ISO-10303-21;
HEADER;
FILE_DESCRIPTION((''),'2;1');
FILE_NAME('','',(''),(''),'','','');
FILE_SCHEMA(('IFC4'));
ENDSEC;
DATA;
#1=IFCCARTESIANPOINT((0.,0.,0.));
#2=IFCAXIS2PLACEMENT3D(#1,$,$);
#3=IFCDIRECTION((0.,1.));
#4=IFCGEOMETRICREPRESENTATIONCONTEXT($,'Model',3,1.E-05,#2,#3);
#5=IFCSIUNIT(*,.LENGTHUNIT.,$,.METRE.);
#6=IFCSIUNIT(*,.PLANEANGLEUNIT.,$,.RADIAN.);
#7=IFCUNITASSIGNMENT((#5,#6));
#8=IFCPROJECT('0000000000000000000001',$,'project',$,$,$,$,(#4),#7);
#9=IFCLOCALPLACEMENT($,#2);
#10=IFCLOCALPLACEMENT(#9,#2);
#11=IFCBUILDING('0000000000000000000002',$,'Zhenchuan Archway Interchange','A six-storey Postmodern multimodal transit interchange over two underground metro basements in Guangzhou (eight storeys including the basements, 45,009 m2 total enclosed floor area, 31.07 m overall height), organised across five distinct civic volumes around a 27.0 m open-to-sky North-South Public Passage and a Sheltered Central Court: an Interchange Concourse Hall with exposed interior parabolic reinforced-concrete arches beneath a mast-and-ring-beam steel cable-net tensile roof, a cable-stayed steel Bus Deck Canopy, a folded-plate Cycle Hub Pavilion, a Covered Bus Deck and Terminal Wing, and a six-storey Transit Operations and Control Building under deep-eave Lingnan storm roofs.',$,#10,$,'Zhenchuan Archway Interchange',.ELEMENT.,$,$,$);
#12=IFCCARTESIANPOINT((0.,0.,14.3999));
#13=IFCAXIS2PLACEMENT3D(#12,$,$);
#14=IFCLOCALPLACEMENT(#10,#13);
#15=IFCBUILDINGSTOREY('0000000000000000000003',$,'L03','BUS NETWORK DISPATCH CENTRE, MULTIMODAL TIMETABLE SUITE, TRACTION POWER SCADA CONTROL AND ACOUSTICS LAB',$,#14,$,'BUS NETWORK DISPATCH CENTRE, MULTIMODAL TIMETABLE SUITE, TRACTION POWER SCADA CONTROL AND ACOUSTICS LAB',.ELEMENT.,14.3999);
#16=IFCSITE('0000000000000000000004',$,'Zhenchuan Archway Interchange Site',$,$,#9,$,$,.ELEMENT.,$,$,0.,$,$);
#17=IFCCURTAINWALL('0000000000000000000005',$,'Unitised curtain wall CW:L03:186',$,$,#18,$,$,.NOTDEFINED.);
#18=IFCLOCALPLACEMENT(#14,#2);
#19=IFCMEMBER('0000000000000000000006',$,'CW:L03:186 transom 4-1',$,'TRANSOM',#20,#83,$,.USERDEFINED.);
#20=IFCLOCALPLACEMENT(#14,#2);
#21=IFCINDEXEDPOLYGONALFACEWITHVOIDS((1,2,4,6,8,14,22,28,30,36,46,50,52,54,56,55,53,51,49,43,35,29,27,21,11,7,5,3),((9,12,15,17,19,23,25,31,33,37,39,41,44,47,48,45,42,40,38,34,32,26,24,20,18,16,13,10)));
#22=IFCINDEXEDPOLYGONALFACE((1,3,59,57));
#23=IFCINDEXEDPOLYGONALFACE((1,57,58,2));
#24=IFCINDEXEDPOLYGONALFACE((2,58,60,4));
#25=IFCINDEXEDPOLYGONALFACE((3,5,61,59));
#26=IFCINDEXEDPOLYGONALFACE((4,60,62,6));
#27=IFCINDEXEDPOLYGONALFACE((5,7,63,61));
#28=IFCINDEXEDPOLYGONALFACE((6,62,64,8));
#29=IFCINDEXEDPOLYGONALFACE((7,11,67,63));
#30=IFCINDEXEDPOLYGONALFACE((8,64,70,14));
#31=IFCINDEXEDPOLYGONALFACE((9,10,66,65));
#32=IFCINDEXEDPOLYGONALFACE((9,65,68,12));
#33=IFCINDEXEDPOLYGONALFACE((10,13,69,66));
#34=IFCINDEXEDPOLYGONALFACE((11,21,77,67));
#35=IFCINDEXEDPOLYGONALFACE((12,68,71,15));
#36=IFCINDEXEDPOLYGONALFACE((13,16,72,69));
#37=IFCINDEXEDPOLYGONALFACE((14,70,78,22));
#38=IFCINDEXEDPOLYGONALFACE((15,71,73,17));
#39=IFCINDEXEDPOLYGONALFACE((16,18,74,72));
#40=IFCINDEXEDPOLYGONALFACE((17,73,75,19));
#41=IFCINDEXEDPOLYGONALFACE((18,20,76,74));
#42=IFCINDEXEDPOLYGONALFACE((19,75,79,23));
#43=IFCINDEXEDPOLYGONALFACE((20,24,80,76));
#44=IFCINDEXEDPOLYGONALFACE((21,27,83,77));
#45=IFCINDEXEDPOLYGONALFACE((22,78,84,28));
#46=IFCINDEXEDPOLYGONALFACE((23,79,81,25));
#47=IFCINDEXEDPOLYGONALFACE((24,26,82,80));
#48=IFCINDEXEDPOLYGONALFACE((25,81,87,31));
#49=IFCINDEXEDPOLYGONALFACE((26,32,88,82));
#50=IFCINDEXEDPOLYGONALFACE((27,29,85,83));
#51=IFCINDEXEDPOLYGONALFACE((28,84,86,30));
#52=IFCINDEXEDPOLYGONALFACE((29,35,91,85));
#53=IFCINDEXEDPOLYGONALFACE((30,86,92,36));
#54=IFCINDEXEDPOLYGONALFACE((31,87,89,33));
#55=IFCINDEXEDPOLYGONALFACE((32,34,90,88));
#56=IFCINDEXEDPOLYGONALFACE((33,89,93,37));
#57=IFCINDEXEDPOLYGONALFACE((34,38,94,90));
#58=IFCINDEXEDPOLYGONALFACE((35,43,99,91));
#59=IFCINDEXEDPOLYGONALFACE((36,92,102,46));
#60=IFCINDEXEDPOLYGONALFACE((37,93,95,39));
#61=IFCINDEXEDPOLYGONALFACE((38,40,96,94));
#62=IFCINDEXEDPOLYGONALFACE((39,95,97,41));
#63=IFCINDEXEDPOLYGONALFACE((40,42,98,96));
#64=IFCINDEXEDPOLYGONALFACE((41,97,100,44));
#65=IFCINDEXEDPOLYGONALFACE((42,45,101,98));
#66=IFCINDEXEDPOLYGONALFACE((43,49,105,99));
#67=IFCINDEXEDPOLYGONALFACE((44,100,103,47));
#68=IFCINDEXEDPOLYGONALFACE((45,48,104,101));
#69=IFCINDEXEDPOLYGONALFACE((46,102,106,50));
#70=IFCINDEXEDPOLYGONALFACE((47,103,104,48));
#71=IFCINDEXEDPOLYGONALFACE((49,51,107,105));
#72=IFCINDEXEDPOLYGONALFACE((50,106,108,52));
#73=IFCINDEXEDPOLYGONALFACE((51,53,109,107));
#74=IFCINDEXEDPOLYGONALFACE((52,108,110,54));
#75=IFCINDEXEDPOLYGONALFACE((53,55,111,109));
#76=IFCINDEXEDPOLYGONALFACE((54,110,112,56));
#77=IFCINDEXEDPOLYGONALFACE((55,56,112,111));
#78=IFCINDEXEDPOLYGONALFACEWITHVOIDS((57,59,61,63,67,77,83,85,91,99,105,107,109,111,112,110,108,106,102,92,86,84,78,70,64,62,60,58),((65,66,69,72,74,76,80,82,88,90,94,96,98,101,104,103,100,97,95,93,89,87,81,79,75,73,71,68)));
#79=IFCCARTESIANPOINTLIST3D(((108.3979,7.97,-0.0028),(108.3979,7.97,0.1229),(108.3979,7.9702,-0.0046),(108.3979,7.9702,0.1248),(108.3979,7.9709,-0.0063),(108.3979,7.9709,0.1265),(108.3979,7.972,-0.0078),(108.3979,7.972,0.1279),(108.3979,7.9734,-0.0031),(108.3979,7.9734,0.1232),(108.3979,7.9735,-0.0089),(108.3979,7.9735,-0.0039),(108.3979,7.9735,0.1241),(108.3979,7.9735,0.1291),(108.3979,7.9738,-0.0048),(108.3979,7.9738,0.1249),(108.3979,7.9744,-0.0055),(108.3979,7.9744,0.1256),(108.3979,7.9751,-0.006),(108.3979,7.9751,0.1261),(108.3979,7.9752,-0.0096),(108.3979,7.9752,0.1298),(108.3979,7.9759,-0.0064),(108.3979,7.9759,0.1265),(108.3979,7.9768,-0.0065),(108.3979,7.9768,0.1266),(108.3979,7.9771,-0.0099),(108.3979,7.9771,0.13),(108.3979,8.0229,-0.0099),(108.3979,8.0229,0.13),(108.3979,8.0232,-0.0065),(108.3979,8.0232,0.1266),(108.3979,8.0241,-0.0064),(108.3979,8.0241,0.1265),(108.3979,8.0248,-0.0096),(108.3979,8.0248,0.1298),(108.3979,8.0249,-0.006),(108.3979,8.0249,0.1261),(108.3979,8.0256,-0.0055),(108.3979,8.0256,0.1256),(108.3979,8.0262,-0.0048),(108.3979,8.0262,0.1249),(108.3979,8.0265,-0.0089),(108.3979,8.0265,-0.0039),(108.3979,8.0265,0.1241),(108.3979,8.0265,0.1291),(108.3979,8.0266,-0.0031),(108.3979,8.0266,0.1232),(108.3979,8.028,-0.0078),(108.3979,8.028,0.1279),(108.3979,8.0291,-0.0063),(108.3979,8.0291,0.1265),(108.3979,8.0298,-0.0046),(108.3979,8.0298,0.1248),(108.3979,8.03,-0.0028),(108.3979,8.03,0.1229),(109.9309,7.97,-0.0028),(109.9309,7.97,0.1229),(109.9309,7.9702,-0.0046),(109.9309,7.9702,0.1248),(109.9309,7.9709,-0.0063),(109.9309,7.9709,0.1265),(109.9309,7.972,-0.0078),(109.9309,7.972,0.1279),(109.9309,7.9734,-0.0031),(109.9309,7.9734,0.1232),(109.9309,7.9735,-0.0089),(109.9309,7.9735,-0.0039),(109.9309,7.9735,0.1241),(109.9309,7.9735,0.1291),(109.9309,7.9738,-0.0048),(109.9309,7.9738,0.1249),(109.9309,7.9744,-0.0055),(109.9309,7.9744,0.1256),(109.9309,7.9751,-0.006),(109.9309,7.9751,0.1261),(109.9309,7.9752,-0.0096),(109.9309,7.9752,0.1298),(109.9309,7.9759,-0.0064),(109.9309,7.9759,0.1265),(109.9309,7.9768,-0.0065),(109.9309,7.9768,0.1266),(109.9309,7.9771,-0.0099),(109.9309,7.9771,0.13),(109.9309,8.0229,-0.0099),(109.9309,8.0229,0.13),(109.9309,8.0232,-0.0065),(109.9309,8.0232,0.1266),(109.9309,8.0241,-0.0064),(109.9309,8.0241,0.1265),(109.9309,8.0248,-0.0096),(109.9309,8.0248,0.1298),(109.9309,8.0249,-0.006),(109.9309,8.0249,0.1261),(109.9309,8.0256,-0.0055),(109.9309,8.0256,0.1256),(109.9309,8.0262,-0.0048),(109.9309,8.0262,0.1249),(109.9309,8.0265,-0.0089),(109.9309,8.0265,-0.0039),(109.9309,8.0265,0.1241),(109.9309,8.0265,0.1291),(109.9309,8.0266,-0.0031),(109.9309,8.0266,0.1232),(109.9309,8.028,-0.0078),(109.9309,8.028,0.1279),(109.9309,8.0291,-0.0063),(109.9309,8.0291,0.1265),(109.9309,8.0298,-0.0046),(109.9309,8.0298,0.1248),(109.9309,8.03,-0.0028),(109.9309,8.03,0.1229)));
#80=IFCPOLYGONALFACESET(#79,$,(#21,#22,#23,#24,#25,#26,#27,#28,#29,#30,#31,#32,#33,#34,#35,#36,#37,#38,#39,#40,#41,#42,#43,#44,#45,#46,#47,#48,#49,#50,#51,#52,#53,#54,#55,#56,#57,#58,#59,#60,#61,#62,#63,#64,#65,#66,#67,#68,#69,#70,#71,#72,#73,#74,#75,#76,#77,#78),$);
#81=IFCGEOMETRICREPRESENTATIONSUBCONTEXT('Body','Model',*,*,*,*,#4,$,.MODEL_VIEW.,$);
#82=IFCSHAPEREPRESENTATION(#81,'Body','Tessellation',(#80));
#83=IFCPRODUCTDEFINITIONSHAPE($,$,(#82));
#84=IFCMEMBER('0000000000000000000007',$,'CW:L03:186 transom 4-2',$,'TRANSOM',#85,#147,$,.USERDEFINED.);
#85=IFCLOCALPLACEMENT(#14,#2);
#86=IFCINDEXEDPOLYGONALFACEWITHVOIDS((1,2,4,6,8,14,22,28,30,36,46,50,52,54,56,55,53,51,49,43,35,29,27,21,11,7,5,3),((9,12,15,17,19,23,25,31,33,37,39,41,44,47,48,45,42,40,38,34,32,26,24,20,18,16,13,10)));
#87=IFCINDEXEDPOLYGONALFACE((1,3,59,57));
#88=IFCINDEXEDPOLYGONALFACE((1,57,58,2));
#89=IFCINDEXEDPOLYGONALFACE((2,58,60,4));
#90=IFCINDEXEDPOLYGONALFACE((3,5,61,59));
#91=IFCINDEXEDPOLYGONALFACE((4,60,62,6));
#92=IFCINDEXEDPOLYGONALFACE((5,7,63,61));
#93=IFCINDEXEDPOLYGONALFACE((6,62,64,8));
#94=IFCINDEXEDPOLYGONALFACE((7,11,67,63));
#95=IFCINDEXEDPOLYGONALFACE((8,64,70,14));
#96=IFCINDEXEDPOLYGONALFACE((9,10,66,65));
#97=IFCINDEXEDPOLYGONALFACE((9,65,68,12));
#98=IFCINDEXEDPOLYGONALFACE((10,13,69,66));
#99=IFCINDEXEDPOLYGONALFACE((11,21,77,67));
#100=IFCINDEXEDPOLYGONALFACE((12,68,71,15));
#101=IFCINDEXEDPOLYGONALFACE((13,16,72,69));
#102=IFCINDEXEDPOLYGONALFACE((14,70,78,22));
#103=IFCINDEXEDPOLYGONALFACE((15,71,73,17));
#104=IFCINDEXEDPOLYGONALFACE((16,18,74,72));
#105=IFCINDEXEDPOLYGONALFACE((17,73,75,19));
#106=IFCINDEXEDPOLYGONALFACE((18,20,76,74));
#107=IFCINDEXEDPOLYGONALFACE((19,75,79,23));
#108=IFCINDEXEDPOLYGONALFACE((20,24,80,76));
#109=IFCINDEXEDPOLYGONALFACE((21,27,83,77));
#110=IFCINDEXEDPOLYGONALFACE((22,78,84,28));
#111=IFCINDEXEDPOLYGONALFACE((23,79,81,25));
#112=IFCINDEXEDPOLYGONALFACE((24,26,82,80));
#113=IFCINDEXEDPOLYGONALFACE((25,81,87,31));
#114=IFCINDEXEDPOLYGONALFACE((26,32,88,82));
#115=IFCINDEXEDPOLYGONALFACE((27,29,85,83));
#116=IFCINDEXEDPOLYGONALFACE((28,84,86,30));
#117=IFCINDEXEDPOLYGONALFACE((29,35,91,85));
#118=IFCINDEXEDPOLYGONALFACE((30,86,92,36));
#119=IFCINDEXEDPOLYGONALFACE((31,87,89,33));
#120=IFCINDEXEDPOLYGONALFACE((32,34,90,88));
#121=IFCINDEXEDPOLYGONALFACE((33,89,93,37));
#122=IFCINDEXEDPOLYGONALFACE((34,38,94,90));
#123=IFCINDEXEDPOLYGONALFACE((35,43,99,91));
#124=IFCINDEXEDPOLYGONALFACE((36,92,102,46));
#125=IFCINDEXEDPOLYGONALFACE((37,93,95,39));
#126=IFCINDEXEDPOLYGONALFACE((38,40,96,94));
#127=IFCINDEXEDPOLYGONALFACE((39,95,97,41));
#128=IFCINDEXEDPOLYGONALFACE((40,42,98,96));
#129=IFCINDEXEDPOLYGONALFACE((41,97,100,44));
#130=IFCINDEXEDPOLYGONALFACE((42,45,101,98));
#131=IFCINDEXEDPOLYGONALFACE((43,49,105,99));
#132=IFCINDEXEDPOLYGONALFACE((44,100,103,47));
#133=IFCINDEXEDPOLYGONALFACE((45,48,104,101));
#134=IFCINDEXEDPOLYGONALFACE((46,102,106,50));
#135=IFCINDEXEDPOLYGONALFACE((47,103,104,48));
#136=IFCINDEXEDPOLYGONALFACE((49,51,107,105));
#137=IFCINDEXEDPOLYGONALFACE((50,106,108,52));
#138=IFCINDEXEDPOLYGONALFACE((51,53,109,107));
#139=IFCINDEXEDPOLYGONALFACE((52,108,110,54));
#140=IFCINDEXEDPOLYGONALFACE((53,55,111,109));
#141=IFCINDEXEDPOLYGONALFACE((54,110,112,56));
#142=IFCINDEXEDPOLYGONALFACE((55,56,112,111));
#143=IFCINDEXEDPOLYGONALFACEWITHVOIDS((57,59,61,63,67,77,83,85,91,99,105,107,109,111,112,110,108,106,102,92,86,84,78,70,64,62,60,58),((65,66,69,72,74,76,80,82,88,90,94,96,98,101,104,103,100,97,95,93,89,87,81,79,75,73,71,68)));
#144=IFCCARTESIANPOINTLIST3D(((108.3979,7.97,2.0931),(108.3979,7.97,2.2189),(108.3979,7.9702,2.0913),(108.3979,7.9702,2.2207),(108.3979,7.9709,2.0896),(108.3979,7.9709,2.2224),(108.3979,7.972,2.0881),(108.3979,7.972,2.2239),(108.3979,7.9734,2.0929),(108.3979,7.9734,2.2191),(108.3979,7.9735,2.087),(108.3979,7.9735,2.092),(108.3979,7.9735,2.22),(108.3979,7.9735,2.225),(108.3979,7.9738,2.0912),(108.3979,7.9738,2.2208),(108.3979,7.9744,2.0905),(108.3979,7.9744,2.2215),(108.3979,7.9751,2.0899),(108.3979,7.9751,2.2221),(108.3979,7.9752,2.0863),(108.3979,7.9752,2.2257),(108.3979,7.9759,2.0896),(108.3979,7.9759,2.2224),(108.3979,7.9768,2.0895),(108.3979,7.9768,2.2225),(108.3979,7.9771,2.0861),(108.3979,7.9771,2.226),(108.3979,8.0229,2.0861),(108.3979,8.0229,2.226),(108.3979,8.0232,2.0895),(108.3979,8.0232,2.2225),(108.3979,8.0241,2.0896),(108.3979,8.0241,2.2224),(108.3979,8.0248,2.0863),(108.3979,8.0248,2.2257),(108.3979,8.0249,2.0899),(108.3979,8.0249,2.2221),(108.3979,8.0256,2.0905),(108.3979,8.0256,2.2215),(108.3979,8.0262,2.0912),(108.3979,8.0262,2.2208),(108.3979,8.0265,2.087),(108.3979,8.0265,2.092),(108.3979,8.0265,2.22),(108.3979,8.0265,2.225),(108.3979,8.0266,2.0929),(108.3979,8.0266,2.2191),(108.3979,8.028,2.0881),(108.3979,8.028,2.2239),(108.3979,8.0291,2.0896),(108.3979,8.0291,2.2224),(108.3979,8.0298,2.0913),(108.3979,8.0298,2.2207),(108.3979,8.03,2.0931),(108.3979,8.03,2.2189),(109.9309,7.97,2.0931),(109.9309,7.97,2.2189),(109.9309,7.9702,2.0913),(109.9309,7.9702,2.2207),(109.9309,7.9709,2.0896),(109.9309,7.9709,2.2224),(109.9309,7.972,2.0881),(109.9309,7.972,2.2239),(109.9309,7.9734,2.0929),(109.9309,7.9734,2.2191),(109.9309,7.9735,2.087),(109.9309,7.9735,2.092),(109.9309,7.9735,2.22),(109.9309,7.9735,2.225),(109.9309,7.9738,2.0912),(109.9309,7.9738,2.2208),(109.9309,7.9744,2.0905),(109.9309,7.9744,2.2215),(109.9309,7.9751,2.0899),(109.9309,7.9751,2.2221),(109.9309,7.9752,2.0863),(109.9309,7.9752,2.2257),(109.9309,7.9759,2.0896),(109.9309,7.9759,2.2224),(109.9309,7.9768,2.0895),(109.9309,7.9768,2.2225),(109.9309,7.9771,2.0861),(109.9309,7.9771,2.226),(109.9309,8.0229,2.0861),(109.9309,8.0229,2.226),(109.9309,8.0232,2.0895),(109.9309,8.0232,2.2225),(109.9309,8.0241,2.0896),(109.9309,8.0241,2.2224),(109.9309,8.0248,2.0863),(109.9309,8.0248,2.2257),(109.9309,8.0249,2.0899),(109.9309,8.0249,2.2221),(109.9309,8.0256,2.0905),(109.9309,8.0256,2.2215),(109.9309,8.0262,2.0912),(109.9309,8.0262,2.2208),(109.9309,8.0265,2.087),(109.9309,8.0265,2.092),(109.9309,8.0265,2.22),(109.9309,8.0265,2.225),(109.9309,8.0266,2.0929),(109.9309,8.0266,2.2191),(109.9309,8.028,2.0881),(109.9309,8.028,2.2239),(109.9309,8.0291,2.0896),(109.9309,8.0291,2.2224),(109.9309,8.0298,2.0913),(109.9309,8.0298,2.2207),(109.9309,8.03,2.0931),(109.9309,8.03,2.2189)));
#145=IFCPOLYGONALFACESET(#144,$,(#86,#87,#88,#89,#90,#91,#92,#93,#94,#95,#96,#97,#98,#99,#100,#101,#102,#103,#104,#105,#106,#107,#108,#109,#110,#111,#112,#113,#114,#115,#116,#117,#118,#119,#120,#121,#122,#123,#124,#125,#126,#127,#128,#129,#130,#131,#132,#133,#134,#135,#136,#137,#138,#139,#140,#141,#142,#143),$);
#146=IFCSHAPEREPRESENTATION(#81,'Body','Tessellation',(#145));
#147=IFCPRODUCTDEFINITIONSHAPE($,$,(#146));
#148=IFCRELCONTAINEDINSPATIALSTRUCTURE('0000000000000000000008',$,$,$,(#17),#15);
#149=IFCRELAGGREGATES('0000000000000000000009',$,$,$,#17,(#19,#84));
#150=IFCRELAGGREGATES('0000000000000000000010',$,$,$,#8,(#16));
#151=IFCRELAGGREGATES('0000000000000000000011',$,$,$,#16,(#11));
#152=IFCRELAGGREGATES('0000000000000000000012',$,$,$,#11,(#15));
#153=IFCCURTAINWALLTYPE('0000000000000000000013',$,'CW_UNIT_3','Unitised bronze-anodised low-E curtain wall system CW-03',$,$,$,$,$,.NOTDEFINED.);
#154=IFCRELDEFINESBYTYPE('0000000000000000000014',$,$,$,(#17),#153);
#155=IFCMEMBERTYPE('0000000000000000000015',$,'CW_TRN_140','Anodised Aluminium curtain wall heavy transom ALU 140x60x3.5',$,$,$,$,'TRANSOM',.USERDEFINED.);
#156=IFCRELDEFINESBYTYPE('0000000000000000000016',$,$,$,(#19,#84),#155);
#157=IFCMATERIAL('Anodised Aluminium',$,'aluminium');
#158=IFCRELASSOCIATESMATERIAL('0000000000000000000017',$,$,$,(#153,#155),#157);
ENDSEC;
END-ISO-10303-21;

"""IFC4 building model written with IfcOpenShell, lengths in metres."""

from ifc_helpers import new_model, si_unit, direction, frame, origin, origin_2d, place, context, subcontext, project, spatial, hollow_rectangle, extrude, material, material_profile, profile_set, type_object, element, aggregate, save


model = new_model("IFC4")

# Units and contexts
model_context = context("Model", 3, precision=1e-05, world=origin(), true_north=direction((0.0, 1.0)))
body_context = subcontext(model_context, "Body", "Model", "MODEL_VIEW")
ifc_project = project(units=[si_unit("LENGTHUNIT", "METRE"), si_unit("PLANEANGLEUNIT", "RADIAN")], contexts=[model_context])

# Site, building, storey
site_placement = place(None, origin())
site = spatial("IfcSite", under=ifc_project, at=site_placement, Name="Zhenchuan Archway Interchange Site", CompositionType="ELEMENT", RefElevation=0.0)
building_placement = place(site_placement, origin())
building = spatial("IfcBuilding", under=site, at=building_placement, Name="Zhenchuan Archway Interchange", Description="A six-storey Postmodern multimodal transit interchange over two underground metro basements in Guangzhou (eight storeys including the basements, 45,009 m2 total enclosed floor area, 31.07 m overall height), organised across five distinct civic volumes around a 27.0 m open-to-sky North-South Public Passage and a Sheltered Central Court: an Interchange Concourse Hall with exposed interior parabolic reinforced-concrete arches beneath a mast-and-ring-beam steel cable-net tensile roof, a cable-stayed steel Bus Deck Canopy, a folded-plate Cycle Hub Pavilion, a Covered Bus Deck and Terminal Wing, and a six-storey Transit Operations and Control Building under deep-eave Lingnan storm roofs.", LongName="Zhenchuan Archway Interchange", CompositionType="ELEMENT")
storey_placement = place(building_placement, frame((0.0, 0.0, 14.3999)))
storey = spatial("IfcBuildingStorey", under=building, at=storey_placement, Name="L03", Description="BUS NETWORK DISPATCH CENTRE, MULTIMODAL TIMETABLE SUITE, TRACTION POWER SCADA CONTROL AND ACOUSTICS LAB", LongName="BUS NETWORK DISPATCH CENTRE, MULTIMODAL TIMETABLE SUITE, TRACTION POWER SCADA CONTROL AND ACOUSTICS LAB", CompositionType="ELEMENT", Elevation=14.3999)

# Curtain wall, members
ifc_material_1 = material(Name="Anodised Aluminium", Category="aluminium")
curtain_wall_type = type_object("IfcCurtainWallType", Name="CW_UNIT_3", Description="Unitised bronze-anodised low-E curtain wall system CW-03", PredefinedType="NOTDEFINED", material=ifc_material_1)
curtain_wall_placement = place(storey_placement, origin())
curtain_wall = element("IfcCurtainWall", 1, at=curtain_wall_placement, inside=storey, type_object=curtain_wall_type, Name="Unitised curtain wall CW:L03:186", PredefinedType="NOTDEFINED")
ifc_material_profile_1 = material_profile(ifc_material_1, hollow_rectangle(XDim=0.0601, YDim=0.1399, WallThickness=0.0034, InnerFilletRadius=0.0034, OuterFilletRadius=0.0071, at=origin_2d()), Name="ALU 140x60x3.5")
ifc_profile_set_1 = profile_set([ifc_material_profile_1], Name="Anodised Aluminium")
member_type_1 = type_object("IfcMemberType", Name="CW_TRN_140", Description="Anodised Aluminium curtain wall heavy transom ALU 140x60x3.5", ElementType="TRANSOM", PredefinedType="USERDEFINED", material=ifc_profile_set_1)
member_1_placement = place(storey_placement, frame((109.9309, 8.0, 0.0601), z_axis=(-1.0, 0.0, 0.0), x_axis=(0.0, -1.0, 0.0)))
member_1 = element("IfcMember", 2, at=member_1_placement, type_object=member_type_1, Name="CW:L03:186 transom 4-1", ObjectType="TRANSOM", PredefinedType="USERDEFINED", context=body_context, shape_type="SweptSolid", body=[
    extrude(hollow_rectangle(XDim=0.0601, YDim=0.1399, WallThickness=0.0034, InnerFilletRadius=0.0034, OuterFilletRadius=0.0071, at=origin_2d()), origin(), (0.0, 0.0, 1.0), 1.533),
])
member_2_placement = place(storey_placement, frame((109.9309, 8.0, 2.156), z_axis=(-1.0, 0.0, 0.0), x_axis=(0.0, -1.0, 0.0)))
member_2 = element("IfcMember", 3, at=member_2_placement, type_object=member_type_1, Name="CW:L03:186 transom 4-2", ObjectType="TRANSOM", PredefinedType="USERDEFINED", context=body_context, shape_type="SweptSolid", body=[
    extrude(hollow_rectangle(XDim=0.0601, YDim=0.1399, WallThickness=0.0034, InnerFilletRadius=0.0034, OuterFilletRadius=0.0071, at=origin_2d()), origin(), (0.0, 0.0, 1.0), 1.533),
])

aggregate(curtain_wall, [member_1, member_2])

save(model, "model.ifc")
